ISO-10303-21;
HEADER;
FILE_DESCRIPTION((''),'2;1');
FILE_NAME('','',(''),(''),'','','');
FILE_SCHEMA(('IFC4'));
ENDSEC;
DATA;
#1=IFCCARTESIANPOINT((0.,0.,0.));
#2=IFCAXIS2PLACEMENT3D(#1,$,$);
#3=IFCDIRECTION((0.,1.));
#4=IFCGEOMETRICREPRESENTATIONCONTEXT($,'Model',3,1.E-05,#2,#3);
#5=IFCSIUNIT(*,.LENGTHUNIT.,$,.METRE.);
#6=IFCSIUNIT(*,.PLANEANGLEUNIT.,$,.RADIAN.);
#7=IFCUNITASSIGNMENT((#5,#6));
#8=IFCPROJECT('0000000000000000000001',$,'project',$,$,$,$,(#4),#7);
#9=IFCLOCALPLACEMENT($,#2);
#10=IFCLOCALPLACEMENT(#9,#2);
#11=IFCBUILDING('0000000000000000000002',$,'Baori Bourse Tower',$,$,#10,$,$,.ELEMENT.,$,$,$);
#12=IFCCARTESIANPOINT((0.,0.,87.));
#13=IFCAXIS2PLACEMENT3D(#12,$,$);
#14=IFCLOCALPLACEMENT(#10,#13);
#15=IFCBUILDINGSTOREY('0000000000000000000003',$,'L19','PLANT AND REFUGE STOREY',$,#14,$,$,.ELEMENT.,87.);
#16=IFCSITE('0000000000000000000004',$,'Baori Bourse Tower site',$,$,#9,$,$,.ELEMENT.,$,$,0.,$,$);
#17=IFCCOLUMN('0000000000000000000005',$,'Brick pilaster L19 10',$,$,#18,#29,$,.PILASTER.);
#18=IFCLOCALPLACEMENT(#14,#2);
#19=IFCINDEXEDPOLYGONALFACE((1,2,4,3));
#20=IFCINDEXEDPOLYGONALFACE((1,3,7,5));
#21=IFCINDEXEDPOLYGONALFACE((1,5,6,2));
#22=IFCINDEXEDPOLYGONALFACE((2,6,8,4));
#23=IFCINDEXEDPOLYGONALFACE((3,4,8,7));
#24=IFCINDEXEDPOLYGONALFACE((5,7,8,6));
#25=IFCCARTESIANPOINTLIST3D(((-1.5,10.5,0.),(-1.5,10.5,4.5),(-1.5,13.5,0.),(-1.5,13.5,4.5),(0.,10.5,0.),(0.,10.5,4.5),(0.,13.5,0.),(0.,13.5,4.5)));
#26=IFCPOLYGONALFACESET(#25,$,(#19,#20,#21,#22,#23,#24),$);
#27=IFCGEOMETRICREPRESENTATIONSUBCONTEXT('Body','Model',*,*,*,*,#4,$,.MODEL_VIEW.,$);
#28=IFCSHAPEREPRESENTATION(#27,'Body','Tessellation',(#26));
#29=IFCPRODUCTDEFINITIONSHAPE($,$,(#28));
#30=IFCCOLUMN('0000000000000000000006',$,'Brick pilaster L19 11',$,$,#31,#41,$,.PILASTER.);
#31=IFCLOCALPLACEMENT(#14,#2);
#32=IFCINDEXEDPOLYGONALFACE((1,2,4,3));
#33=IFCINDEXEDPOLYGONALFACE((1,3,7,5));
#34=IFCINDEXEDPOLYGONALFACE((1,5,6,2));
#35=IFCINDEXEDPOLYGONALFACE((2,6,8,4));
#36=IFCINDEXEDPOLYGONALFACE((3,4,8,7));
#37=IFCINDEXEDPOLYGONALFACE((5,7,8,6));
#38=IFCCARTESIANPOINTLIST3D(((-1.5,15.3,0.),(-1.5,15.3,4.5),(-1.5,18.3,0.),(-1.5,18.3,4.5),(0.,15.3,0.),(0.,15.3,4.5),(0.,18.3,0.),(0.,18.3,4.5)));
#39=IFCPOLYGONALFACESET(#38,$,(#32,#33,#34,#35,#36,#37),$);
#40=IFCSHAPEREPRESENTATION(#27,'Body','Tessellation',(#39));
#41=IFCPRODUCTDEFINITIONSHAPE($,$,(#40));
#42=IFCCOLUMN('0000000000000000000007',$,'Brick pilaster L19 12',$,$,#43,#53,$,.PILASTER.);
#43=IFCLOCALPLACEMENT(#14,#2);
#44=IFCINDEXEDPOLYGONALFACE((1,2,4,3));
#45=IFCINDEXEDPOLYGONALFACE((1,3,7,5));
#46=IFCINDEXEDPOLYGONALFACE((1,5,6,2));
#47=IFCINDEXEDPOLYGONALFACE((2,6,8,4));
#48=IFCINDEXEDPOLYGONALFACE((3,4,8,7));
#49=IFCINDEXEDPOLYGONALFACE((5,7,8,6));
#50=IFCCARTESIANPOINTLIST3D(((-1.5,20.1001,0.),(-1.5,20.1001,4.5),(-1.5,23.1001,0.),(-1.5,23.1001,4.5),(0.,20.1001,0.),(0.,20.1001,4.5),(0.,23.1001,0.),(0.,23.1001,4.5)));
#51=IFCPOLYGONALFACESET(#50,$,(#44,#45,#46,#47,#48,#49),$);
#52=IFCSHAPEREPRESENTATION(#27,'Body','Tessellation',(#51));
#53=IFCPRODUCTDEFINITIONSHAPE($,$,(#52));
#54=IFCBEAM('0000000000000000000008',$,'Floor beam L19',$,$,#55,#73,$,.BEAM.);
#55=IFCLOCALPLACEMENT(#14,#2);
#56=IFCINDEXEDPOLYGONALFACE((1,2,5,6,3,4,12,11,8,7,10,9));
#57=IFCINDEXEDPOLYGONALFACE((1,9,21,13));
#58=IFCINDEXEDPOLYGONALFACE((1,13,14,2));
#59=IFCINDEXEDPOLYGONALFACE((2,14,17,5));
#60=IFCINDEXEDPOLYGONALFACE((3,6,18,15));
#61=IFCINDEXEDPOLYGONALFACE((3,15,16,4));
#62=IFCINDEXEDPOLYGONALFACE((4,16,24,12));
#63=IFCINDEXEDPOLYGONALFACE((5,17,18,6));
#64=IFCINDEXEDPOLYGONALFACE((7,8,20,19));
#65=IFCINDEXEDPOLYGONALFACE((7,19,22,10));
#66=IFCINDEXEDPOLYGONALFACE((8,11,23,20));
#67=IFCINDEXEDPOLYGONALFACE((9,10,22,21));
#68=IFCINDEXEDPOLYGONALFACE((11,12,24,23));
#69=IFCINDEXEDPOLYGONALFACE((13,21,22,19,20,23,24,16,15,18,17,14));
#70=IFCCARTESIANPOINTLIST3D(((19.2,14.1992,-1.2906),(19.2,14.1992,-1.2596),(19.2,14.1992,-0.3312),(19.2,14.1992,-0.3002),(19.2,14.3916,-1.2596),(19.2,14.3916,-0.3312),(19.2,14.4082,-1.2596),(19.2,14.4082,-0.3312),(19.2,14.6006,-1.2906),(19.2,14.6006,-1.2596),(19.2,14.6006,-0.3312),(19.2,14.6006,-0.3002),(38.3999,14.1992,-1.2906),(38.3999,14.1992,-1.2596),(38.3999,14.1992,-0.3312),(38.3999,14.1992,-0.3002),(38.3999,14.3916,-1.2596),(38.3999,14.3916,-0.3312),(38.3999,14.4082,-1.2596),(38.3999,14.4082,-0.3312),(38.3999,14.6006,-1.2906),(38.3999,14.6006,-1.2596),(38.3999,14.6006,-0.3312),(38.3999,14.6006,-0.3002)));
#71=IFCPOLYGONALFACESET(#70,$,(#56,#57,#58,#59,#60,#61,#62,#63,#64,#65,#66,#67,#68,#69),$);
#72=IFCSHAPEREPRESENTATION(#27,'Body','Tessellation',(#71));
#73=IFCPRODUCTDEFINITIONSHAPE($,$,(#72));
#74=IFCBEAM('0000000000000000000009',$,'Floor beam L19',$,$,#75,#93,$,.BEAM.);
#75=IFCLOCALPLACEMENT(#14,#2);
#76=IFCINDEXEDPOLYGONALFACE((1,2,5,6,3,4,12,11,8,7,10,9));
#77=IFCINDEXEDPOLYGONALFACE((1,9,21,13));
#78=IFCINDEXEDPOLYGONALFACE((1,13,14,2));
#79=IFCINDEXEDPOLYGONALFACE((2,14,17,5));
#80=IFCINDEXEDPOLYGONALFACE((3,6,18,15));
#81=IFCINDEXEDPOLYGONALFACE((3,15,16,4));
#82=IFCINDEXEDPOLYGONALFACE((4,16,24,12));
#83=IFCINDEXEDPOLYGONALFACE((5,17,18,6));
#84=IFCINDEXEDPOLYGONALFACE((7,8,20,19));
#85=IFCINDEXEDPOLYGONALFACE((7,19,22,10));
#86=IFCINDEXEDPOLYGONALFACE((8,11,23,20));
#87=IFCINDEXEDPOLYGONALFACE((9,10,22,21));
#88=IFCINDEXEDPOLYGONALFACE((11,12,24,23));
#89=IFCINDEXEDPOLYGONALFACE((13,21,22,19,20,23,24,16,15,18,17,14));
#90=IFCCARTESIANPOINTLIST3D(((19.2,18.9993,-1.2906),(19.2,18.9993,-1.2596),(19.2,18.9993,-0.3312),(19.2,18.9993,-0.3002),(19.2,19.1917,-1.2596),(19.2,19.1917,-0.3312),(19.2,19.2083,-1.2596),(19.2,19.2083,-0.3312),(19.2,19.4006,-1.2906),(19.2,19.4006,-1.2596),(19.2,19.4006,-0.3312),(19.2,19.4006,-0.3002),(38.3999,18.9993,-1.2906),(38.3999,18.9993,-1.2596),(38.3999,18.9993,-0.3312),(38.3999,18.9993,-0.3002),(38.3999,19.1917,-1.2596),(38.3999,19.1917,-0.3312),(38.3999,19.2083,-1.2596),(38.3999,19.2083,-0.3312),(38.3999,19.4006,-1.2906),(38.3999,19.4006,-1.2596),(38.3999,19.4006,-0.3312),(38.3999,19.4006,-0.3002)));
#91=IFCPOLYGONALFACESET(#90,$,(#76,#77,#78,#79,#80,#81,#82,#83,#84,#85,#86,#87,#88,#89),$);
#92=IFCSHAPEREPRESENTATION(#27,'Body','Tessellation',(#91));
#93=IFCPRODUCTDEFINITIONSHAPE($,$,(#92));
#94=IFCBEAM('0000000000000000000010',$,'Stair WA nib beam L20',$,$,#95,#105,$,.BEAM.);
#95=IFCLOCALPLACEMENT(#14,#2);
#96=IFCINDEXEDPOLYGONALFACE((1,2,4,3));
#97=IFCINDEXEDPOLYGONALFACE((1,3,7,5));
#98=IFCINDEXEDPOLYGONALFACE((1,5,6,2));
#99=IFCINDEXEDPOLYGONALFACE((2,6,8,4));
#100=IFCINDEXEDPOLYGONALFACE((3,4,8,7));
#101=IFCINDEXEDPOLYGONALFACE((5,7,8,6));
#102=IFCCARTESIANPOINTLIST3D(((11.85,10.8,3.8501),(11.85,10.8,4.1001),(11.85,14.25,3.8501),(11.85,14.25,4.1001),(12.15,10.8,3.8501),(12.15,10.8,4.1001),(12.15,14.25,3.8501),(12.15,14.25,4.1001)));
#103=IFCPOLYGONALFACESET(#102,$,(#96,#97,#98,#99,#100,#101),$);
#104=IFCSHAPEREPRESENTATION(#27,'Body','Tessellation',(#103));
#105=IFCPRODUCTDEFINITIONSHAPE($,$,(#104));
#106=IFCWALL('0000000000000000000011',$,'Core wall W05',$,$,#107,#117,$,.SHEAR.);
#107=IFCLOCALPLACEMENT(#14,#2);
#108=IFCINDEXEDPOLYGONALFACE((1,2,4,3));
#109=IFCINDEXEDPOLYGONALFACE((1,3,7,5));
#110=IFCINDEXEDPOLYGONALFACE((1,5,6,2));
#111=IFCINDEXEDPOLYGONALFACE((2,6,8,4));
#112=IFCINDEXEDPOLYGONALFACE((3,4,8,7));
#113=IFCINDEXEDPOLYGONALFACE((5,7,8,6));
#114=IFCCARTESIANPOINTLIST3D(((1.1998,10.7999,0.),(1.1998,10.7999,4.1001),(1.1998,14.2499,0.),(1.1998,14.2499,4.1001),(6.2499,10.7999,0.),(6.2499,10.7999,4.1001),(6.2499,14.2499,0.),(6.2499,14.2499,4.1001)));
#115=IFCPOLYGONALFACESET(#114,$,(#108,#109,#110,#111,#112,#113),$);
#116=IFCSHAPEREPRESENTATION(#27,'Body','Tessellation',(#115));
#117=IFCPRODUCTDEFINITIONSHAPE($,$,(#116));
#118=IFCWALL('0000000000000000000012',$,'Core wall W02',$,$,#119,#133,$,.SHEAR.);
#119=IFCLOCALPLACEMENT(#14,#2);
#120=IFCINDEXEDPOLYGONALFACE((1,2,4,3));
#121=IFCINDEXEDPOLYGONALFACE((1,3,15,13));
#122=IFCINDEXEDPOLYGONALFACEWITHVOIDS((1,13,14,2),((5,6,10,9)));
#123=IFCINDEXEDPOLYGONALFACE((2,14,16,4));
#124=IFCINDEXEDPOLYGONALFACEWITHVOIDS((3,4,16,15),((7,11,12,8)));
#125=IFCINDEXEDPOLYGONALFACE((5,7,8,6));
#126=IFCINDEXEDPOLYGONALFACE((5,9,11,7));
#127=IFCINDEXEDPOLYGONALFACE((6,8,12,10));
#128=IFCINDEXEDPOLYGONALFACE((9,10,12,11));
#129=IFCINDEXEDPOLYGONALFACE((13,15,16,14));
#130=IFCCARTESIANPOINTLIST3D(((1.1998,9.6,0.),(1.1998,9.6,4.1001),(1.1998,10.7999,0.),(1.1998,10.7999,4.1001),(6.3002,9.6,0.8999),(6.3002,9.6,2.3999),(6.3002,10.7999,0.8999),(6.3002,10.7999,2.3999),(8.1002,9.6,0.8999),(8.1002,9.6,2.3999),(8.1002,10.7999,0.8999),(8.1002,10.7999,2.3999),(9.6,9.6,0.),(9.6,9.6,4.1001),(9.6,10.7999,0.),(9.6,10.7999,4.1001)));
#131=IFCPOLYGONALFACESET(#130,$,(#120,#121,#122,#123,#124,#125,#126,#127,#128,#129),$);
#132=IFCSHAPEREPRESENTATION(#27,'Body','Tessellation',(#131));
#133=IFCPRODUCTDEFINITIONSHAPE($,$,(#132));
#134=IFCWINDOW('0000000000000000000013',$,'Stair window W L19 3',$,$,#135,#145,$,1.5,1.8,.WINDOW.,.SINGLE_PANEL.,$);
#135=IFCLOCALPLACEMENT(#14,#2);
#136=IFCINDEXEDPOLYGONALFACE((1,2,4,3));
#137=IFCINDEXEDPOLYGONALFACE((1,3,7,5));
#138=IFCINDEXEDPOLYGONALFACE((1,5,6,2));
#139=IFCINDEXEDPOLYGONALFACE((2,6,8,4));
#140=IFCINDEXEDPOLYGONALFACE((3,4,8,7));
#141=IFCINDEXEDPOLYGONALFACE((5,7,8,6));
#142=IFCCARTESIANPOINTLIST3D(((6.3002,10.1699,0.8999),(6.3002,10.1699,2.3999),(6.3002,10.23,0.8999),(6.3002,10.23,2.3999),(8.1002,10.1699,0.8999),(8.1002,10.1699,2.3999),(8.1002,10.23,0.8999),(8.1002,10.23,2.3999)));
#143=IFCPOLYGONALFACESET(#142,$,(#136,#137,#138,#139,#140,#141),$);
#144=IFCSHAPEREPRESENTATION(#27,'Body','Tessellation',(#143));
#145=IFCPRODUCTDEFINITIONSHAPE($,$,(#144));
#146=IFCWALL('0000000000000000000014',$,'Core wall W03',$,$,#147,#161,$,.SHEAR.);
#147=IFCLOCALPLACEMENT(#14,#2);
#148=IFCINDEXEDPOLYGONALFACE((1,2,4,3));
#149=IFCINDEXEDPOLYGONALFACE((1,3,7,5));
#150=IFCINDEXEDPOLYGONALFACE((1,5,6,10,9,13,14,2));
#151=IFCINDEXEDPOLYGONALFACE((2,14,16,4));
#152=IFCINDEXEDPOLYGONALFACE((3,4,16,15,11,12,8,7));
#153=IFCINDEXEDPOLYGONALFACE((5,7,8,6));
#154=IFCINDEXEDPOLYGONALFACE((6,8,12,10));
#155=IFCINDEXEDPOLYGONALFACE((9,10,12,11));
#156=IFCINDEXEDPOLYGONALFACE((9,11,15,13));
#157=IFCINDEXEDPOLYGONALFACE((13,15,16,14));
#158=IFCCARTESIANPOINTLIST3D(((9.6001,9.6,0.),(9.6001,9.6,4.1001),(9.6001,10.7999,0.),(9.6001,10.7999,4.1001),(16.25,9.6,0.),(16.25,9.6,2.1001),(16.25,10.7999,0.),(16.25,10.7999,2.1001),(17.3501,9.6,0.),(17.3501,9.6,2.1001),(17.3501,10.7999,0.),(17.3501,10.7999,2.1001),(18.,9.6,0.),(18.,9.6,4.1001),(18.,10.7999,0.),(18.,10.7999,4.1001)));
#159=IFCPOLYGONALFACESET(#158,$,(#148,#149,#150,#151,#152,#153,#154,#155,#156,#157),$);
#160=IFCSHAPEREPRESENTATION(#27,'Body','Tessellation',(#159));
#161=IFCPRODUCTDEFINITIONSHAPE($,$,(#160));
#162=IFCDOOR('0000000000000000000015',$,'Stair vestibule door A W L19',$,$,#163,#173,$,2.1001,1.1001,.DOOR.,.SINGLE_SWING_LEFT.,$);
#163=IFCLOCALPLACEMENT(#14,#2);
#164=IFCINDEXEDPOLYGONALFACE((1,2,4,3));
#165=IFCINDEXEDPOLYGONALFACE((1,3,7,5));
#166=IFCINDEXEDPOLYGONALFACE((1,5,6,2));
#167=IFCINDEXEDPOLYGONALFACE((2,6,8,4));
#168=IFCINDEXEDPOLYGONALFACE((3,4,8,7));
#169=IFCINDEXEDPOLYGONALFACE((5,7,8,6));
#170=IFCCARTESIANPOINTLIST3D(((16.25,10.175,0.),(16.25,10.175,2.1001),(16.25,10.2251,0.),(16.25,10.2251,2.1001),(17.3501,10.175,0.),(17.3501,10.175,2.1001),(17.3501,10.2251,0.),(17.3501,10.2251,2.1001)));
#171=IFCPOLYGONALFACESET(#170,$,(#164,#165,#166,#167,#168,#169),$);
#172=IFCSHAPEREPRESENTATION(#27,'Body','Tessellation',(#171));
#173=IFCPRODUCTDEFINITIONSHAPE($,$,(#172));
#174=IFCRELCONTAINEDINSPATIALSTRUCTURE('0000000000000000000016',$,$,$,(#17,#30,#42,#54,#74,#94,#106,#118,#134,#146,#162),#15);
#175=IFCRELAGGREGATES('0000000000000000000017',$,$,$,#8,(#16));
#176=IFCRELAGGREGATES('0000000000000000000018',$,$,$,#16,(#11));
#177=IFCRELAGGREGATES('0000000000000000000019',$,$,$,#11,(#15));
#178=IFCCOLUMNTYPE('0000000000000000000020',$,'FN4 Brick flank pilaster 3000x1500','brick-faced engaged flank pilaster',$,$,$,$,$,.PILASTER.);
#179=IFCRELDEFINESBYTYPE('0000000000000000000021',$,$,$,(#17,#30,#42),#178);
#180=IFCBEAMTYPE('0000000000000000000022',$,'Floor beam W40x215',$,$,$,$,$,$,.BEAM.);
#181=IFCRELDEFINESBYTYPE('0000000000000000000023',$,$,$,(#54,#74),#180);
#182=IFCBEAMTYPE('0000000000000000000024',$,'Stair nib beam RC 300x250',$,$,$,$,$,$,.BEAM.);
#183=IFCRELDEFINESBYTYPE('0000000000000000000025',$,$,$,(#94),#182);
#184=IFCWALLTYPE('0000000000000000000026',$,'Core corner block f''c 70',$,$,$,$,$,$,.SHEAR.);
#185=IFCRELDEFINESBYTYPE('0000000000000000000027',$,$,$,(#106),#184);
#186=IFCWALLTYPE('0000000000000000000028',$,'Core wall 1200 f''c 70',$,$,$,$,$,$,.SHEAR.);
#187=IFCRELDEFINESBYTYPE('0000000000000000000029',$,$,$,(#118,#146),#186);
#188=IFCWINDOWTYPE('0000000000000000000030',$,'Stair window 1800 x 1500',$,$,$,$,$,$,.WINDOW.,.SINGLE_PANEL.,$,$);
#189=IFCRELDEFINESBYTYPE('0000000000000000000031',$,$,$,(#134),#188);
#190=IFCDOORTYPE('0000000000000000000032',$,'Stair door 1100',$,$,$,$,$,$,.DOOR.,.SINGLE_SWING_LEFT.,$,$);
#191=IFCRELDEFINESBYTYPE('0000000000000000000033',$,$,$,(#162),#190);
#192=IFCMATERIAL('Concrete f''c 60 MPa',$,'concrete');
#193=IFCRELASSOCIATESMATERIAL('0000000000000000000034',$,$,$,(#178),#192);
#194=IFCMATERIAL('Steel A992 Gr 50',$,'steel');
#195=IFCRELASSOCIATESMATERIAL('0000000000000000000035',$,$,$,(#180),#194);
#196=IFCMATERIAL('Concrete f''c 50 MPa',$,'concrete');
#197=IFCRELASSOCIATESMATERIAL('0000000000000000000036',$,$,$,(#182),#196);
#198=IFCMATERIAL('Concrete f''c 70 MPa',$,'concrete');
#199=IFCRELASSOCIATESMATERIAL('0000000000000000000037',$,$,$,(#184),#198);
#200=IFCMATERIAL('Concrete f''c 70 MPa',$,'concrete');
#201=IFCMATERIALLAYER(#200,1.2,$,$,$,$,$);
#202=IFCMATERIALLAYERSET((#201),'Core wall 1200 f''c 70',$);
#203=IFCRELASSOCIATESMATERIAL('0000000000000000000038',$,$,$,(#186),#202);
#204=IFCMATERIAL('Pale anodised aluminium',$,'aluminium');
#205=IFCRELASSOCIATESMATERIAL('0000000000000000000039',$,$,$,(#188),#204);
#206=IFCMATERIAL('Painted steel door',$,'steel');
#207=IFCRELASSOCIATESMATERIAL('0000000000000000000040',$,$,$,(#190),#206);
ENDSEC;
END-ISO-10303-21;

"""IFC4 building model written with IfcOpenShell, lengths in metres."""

from ifc_helpers import new_model, si_unit, direction, frame, frame_2d, origin, origin_2d, place, context, subcontext, project, spatial, rectangle, i_section, extrude, material, layer, layer_set, material_profile, profile_set, type_object, element, fill, save


model = new_model("IFC4")

# Units and contexts
model_context = context("Model", 3, precision=1e-05, world=origin(), true_north=direction((0.0, 1.0)))
body_context = subcontext(model_context, "Body", "Model", "MODEL_VIEW")
ifc_project = project(units=[si_unit("LENGTHUNIT", "METRE"), si_unit("PLANEANGLEUNIT", "RADIAN")], contexts=[model_context])

# Site, building, storey
site_placement = place(None, origin())
site = spatial("IfcSite", under=ifc_project, at=site_placement, Name="Baori Bourse Tower site", CompositionType="ELEMENT", RefElevation=0.0)
building_placement = place(site_placement, origin())
building = spatial("IfcBuilding", under=site, at=building_placement, Name="Baori Bourse Tower", CompositionType="ELEMENT")
storey_placement = place(building_placement, frame((0.0, 0.0, 87.0)))
storey = spatial("IfcBuildingStorey", under=building, at=storey_placement, Name="L19", Description="PLANT AND REFUGE STOREY", CompositionType="ELEMENT", Elevation=87.0)

# Columns
ifc_material_1 = material(Name="Concrete f'c 60 MPa", Category="concrete")
ifc_material_profile_1 = material_profile(ifc_material_1, rectangle(XDim=3.0, YDim=1.5, at=origin_2d()), Name="RC 3000x1500")
ifc_profile_set_1 = profile_set([ifc_material_profile_1], Name="Concrete f'c 60 MPa")
column_type = type_object("IfcColumnType", Name="FN4 Brick flank pilaster 3000x1500", Description="brick-faced engaged flank pilaster", PredefinedType="PILASTER", material=ifc_profile_set_1)
for number, where, z_axis, x_axis, name in (
    (1, (-0.75, 12.0, 0.0), (0.0, 0.0, 1.0), (0.0, 1.0, 0.0), "Brick pilaster L19 10"),
    (2, (-0.75, 16.8, 0.0), (0.0, 0.0, 1.0), (0.0, 1.0, 0.0), "Brick pilaster L19 11"),
    (3, (-0.75, 21.6001, 0.0), (0.0, 0.0, 1.0), (0.0, 1.0, 0.0), "Brick pilaster L19 12"),
):
    element("IfcColumn", number, at=place(storey_placement, frame(where, z_axis=z_axis, x_axis=x_axis)), inside=storey, type_object=column_type, Name=name, PredefinedType="PILASTER", context=body_context, shape_type="SweptSolid", body=[
        extrude(rectangle(XDim=3.0, YDim=1.5, at=origin_2d()), origin(), (0.0, 0.0, 1.0), 4.5),
    ])

# Beams
ifc_material_2 = material(Name="Steel A992 Gr 50", Category="steel")
ifc_material_profile_2 = material_profile(ifc_material_2, i_section(OverallWidth=0.4014, OverallDepth=0.9905, WebThickness=0.0166, FlangeThickness=0.031, at=origin_2d()), Name="W40x215")
ifc_profile_set_2 = profile_set([ifc_material_profile_2], Name="Steel A992 Gr 50")
beam_type_1 = type_object("IfcBeamType", Name="Floor beam W40x215", PredefinedType="BEAM", material=ifc_profile_set_2)
for number, where, z_axis, x_axis, name in (
    (4, (19.2, 14.3999, -0.7954), (1.0, 0.0, 0.0), (0.0, 1.0, 0.0), "Floor beam L19"),
    (5, (19.2, 19.2, -0.7954), (1.0, 0.0, 0.0), (0.0, 1.0, 0.0), "Floor beam L19"),
):
    element("IfcBeam", number, at=place(storey_placement, frame(where, z_axis=z_axis, x_axis=x_axis)), inside=storey, type_object=beam_type_1, Name=name, PredefinedType="BEAM", context=body_context, shape_type="SweptSolid", body=[
        extrude(i_section(OverallWidth=0.4014, OverallDepth=0.9905, WebThickness=0.0166, FlangeThickness=0.031, at=origin_2d()), origin(), (0.0, 0.0, 1.0), 19.2),
    ])
ifc_material_3 = material(Name="Concrete f'c 50 MPa", Category="concrete")
ifc_material_profile_3 = material_profile(ifc_material_3, rectangle(XDim=0.3, YDim=0.25, at=origin_2d()), Name="RC 300x250")
ifc_profile_set_3 = profile_set([ifc_material_profile_3], Name="Concrete f'c 50 MPa")
beam_type_2 = type_object("IfcBeamType", Name="Stair nib beam RC 300x250", PredefinedType="BEAM", material=ifc_profile_set_3)
beam_placement = place(storey_placement, frame((12.0, 10.8, 3.9751), z_axis=(0.0, 1.0, 0.0), x_axis=(-1.0, 0.0, 0.0)))
element("IfcBeam", 6, at=beam_placement, inside=storey, type_object=beam_type_2, Name="Stair WA nib beam L20", PredefinedType="BEAM", context=body_context, shape_type="SweptSolid", body=[
    extrude(rectangle(XDim=0.3, YDim=0.25, at=origin_2d()), origin(), (0.0, 0.0, 1.0), 3.45),
])

# Wall
ifc_material_4 = material(Name="Concrete f'c 70 MPa", Category="concrete")
wall_type_1 = type_object("IfcWallType", Name="Core corner block f'c 70", PredefinedType="SHEAR", material=ifc_material_4)
wall_1_placement = place(storey_placement, frame((1.2, 12.5249, 0.0), z_axis=(0.0, 0.0, 1.0), x_axis=(1.0, 0.0, 0.0)))
element("IfcWall", 7, at=wall_1_placement, inside=storey, type_object=wall_type_1, Name="Core wall W05", PredefinedType="SHEAR", context=body_context, shape_type="SweptSolid", body=[
    extrude(rectangle(XDim=5.05, YDim=3.45, at=frame_2d((2.5249, 0.0))), origin(), (0.0, 0.0, 1.0), 4.1001),
])

# Wall, opening, window
ifc_material_5 = material(Name="Concrete f'c 70 MPa", Category="concrete")
ifc_layer_1 = layer(ifc_material_5, 1.2)
ifc_layer_set_1 = layer_set([ifc_layer_1], Name="Core wall 1200 f'c 70")
wall_type_2 = type_object("IfcWallType", Name="Core wall 1200 f'c 70", PredefinedType="SHEAR", material=ifc_layer_set_1)
wall_2_placement = place(storey_placement, frame((9.6001, 10.2, 0.0), z_axis=(0.0, 0.0, 1.0), x_axis=(-1.0, 0.0, 0.0)))
wall_2 = element("IfcWall", 8, at=wall_2_placement, inside=storey, type_object=wall_type_2, Name="Core wall W02", PredefinedType="SHEAR", context=body_context, shape_type="SweptSolid", body=[
    extrude(rectangle(XDim=8.4001, YDim=1.2, at=frame_2d((4.2002, 0.0))), origin(), (0.0, 0.0, 1.0), 4.1001),
])
opening_1_placement = place(wall_2_placement, frame((1.5, 0.0, 0.8999)))
opening_1 = element("IfcOpeningElement", 9, at=opening_1_placement, cuts=wall_2, PredefinedType="OPENING", context=body_context, shape_type="SweptSolid", body=[
    extrude(rectangle(XDim=1.8, YDim=1.5, at=frame_2d((0.8999, 0.75))), frame((0.0, 0.6099, 0.0), z_axis=(0.0, -1.0, 0.0), x_axis=(1.0, 0.0, 0.0)), (0.0, 0.0, 1.0), 1.22),
])
ifc_material_6 = material(Name="Pale anodised aluminium", Category="aluminium")
window_type = type_object("IfcWindowType", Name="Stair window 1800 x 1500", PartitioningType="SINGLE_PANEL", PredefinedType="WINDOW", material=ifc_material_6)
window_placement = place(opening_1_placement, origin())
window = element("IfcWindow", 10, at=window_placement, inside=storey, type_object=window_type, Name="Stair window W L19 3", OverallHeight=1.5, OverallWidth=1.8, PartitioningType="SINGLE_PANEL", PredefinedType="WINDOW", context=body_context, shape_type="SweptSolid", body=[
    extrude(rectangle(XDim=1.8, YDim=1.5, at=frame_2d((0.8999, 0.75))), frame((0.0, 0.03, 0.0), z_axis=(0.0, -1.0, 0.0), x_axis=(1.0, 0.0, 0.0)), (0.0, 0.0, 1.0), 0.0601),
])
fill(opening_1, window)

# Wall, opening, door
wall_3_placement = place(storey_placement, frame((18.0, 10.2, 0.0), z_axis=(0.0, 0.0, 1.0), x_axis=(-1.0, 0.0, 0.0)))
wall_3 = element("IfcWall", 11, at=wall_3_placement, inside=storey, type_object=wall_type_2, Name="Core wall W03", PredefinedType="SHEAR", context=body_context, shape_type="SweptSolid", body=[
    extrude(rectangle(XDim=8.3999, YDim=1.2, at=frame_2d((4.2, 0.0))), origin(), (0.0, 0.0, 1.0), 4.1001),
])
opening_2_placement = place(wall_3_placement, frame((0.6499, 0.0, 0.0)))
opening_2 = element("IfcOpeningElement", 12, at=opening_2_placement, cuts=wall_3, PredefinedType="OPENING", context=body_context, shape_type="SweptSolid", body=[
    extrude(rectangle(XDim=1.1001, YDim=2.1001, at=frame_2d((0.55, 1.05))), frame((0.0, 0.6099, 0.0), z_axis=(0.0, -1.0, 0.0), x_axis=(1.0, 0.0, 0.0)), (0.0, 0.0, 1.0), 1.22),
])
ifc_material_7 = material(Name="Painted steel door", Category="steel")
door_type_1 = type_object("IfcDoorType", Name="Stair door 1100", OperationType="SINGLE_SWING_LEFT", PredefinedType="DOOR", material=ifc_material_7)
door_1_placement = place(opening_2_placement, origin())
door_1 = element("IfcDoor", 13, at=door_1_placement, inside=storey, type_object=door_type_1, Name="Stair vestibule door A W L19", OperationType="SINGLE_SWING_LEFT", OverallHeight=2.1001, OverallWidth=1.1001, PredefinedType="DOOR", context=body_context, shape_type="SweptSolid", body=[
    extrude(rectangle(XDim=1.1001, YDim=2.1001, at=frame_2d((0.55, 1.05))), frame((0.0, 0.0249, 0.0), z_axis=(0.0, -1.0, 0.0), x_axis=(1.0, 0.0, 0.0)), (0.0, 0.0, 1.0), 0.05),
])
fill(opening_2, door_1)

save(model, "model.ifc")
